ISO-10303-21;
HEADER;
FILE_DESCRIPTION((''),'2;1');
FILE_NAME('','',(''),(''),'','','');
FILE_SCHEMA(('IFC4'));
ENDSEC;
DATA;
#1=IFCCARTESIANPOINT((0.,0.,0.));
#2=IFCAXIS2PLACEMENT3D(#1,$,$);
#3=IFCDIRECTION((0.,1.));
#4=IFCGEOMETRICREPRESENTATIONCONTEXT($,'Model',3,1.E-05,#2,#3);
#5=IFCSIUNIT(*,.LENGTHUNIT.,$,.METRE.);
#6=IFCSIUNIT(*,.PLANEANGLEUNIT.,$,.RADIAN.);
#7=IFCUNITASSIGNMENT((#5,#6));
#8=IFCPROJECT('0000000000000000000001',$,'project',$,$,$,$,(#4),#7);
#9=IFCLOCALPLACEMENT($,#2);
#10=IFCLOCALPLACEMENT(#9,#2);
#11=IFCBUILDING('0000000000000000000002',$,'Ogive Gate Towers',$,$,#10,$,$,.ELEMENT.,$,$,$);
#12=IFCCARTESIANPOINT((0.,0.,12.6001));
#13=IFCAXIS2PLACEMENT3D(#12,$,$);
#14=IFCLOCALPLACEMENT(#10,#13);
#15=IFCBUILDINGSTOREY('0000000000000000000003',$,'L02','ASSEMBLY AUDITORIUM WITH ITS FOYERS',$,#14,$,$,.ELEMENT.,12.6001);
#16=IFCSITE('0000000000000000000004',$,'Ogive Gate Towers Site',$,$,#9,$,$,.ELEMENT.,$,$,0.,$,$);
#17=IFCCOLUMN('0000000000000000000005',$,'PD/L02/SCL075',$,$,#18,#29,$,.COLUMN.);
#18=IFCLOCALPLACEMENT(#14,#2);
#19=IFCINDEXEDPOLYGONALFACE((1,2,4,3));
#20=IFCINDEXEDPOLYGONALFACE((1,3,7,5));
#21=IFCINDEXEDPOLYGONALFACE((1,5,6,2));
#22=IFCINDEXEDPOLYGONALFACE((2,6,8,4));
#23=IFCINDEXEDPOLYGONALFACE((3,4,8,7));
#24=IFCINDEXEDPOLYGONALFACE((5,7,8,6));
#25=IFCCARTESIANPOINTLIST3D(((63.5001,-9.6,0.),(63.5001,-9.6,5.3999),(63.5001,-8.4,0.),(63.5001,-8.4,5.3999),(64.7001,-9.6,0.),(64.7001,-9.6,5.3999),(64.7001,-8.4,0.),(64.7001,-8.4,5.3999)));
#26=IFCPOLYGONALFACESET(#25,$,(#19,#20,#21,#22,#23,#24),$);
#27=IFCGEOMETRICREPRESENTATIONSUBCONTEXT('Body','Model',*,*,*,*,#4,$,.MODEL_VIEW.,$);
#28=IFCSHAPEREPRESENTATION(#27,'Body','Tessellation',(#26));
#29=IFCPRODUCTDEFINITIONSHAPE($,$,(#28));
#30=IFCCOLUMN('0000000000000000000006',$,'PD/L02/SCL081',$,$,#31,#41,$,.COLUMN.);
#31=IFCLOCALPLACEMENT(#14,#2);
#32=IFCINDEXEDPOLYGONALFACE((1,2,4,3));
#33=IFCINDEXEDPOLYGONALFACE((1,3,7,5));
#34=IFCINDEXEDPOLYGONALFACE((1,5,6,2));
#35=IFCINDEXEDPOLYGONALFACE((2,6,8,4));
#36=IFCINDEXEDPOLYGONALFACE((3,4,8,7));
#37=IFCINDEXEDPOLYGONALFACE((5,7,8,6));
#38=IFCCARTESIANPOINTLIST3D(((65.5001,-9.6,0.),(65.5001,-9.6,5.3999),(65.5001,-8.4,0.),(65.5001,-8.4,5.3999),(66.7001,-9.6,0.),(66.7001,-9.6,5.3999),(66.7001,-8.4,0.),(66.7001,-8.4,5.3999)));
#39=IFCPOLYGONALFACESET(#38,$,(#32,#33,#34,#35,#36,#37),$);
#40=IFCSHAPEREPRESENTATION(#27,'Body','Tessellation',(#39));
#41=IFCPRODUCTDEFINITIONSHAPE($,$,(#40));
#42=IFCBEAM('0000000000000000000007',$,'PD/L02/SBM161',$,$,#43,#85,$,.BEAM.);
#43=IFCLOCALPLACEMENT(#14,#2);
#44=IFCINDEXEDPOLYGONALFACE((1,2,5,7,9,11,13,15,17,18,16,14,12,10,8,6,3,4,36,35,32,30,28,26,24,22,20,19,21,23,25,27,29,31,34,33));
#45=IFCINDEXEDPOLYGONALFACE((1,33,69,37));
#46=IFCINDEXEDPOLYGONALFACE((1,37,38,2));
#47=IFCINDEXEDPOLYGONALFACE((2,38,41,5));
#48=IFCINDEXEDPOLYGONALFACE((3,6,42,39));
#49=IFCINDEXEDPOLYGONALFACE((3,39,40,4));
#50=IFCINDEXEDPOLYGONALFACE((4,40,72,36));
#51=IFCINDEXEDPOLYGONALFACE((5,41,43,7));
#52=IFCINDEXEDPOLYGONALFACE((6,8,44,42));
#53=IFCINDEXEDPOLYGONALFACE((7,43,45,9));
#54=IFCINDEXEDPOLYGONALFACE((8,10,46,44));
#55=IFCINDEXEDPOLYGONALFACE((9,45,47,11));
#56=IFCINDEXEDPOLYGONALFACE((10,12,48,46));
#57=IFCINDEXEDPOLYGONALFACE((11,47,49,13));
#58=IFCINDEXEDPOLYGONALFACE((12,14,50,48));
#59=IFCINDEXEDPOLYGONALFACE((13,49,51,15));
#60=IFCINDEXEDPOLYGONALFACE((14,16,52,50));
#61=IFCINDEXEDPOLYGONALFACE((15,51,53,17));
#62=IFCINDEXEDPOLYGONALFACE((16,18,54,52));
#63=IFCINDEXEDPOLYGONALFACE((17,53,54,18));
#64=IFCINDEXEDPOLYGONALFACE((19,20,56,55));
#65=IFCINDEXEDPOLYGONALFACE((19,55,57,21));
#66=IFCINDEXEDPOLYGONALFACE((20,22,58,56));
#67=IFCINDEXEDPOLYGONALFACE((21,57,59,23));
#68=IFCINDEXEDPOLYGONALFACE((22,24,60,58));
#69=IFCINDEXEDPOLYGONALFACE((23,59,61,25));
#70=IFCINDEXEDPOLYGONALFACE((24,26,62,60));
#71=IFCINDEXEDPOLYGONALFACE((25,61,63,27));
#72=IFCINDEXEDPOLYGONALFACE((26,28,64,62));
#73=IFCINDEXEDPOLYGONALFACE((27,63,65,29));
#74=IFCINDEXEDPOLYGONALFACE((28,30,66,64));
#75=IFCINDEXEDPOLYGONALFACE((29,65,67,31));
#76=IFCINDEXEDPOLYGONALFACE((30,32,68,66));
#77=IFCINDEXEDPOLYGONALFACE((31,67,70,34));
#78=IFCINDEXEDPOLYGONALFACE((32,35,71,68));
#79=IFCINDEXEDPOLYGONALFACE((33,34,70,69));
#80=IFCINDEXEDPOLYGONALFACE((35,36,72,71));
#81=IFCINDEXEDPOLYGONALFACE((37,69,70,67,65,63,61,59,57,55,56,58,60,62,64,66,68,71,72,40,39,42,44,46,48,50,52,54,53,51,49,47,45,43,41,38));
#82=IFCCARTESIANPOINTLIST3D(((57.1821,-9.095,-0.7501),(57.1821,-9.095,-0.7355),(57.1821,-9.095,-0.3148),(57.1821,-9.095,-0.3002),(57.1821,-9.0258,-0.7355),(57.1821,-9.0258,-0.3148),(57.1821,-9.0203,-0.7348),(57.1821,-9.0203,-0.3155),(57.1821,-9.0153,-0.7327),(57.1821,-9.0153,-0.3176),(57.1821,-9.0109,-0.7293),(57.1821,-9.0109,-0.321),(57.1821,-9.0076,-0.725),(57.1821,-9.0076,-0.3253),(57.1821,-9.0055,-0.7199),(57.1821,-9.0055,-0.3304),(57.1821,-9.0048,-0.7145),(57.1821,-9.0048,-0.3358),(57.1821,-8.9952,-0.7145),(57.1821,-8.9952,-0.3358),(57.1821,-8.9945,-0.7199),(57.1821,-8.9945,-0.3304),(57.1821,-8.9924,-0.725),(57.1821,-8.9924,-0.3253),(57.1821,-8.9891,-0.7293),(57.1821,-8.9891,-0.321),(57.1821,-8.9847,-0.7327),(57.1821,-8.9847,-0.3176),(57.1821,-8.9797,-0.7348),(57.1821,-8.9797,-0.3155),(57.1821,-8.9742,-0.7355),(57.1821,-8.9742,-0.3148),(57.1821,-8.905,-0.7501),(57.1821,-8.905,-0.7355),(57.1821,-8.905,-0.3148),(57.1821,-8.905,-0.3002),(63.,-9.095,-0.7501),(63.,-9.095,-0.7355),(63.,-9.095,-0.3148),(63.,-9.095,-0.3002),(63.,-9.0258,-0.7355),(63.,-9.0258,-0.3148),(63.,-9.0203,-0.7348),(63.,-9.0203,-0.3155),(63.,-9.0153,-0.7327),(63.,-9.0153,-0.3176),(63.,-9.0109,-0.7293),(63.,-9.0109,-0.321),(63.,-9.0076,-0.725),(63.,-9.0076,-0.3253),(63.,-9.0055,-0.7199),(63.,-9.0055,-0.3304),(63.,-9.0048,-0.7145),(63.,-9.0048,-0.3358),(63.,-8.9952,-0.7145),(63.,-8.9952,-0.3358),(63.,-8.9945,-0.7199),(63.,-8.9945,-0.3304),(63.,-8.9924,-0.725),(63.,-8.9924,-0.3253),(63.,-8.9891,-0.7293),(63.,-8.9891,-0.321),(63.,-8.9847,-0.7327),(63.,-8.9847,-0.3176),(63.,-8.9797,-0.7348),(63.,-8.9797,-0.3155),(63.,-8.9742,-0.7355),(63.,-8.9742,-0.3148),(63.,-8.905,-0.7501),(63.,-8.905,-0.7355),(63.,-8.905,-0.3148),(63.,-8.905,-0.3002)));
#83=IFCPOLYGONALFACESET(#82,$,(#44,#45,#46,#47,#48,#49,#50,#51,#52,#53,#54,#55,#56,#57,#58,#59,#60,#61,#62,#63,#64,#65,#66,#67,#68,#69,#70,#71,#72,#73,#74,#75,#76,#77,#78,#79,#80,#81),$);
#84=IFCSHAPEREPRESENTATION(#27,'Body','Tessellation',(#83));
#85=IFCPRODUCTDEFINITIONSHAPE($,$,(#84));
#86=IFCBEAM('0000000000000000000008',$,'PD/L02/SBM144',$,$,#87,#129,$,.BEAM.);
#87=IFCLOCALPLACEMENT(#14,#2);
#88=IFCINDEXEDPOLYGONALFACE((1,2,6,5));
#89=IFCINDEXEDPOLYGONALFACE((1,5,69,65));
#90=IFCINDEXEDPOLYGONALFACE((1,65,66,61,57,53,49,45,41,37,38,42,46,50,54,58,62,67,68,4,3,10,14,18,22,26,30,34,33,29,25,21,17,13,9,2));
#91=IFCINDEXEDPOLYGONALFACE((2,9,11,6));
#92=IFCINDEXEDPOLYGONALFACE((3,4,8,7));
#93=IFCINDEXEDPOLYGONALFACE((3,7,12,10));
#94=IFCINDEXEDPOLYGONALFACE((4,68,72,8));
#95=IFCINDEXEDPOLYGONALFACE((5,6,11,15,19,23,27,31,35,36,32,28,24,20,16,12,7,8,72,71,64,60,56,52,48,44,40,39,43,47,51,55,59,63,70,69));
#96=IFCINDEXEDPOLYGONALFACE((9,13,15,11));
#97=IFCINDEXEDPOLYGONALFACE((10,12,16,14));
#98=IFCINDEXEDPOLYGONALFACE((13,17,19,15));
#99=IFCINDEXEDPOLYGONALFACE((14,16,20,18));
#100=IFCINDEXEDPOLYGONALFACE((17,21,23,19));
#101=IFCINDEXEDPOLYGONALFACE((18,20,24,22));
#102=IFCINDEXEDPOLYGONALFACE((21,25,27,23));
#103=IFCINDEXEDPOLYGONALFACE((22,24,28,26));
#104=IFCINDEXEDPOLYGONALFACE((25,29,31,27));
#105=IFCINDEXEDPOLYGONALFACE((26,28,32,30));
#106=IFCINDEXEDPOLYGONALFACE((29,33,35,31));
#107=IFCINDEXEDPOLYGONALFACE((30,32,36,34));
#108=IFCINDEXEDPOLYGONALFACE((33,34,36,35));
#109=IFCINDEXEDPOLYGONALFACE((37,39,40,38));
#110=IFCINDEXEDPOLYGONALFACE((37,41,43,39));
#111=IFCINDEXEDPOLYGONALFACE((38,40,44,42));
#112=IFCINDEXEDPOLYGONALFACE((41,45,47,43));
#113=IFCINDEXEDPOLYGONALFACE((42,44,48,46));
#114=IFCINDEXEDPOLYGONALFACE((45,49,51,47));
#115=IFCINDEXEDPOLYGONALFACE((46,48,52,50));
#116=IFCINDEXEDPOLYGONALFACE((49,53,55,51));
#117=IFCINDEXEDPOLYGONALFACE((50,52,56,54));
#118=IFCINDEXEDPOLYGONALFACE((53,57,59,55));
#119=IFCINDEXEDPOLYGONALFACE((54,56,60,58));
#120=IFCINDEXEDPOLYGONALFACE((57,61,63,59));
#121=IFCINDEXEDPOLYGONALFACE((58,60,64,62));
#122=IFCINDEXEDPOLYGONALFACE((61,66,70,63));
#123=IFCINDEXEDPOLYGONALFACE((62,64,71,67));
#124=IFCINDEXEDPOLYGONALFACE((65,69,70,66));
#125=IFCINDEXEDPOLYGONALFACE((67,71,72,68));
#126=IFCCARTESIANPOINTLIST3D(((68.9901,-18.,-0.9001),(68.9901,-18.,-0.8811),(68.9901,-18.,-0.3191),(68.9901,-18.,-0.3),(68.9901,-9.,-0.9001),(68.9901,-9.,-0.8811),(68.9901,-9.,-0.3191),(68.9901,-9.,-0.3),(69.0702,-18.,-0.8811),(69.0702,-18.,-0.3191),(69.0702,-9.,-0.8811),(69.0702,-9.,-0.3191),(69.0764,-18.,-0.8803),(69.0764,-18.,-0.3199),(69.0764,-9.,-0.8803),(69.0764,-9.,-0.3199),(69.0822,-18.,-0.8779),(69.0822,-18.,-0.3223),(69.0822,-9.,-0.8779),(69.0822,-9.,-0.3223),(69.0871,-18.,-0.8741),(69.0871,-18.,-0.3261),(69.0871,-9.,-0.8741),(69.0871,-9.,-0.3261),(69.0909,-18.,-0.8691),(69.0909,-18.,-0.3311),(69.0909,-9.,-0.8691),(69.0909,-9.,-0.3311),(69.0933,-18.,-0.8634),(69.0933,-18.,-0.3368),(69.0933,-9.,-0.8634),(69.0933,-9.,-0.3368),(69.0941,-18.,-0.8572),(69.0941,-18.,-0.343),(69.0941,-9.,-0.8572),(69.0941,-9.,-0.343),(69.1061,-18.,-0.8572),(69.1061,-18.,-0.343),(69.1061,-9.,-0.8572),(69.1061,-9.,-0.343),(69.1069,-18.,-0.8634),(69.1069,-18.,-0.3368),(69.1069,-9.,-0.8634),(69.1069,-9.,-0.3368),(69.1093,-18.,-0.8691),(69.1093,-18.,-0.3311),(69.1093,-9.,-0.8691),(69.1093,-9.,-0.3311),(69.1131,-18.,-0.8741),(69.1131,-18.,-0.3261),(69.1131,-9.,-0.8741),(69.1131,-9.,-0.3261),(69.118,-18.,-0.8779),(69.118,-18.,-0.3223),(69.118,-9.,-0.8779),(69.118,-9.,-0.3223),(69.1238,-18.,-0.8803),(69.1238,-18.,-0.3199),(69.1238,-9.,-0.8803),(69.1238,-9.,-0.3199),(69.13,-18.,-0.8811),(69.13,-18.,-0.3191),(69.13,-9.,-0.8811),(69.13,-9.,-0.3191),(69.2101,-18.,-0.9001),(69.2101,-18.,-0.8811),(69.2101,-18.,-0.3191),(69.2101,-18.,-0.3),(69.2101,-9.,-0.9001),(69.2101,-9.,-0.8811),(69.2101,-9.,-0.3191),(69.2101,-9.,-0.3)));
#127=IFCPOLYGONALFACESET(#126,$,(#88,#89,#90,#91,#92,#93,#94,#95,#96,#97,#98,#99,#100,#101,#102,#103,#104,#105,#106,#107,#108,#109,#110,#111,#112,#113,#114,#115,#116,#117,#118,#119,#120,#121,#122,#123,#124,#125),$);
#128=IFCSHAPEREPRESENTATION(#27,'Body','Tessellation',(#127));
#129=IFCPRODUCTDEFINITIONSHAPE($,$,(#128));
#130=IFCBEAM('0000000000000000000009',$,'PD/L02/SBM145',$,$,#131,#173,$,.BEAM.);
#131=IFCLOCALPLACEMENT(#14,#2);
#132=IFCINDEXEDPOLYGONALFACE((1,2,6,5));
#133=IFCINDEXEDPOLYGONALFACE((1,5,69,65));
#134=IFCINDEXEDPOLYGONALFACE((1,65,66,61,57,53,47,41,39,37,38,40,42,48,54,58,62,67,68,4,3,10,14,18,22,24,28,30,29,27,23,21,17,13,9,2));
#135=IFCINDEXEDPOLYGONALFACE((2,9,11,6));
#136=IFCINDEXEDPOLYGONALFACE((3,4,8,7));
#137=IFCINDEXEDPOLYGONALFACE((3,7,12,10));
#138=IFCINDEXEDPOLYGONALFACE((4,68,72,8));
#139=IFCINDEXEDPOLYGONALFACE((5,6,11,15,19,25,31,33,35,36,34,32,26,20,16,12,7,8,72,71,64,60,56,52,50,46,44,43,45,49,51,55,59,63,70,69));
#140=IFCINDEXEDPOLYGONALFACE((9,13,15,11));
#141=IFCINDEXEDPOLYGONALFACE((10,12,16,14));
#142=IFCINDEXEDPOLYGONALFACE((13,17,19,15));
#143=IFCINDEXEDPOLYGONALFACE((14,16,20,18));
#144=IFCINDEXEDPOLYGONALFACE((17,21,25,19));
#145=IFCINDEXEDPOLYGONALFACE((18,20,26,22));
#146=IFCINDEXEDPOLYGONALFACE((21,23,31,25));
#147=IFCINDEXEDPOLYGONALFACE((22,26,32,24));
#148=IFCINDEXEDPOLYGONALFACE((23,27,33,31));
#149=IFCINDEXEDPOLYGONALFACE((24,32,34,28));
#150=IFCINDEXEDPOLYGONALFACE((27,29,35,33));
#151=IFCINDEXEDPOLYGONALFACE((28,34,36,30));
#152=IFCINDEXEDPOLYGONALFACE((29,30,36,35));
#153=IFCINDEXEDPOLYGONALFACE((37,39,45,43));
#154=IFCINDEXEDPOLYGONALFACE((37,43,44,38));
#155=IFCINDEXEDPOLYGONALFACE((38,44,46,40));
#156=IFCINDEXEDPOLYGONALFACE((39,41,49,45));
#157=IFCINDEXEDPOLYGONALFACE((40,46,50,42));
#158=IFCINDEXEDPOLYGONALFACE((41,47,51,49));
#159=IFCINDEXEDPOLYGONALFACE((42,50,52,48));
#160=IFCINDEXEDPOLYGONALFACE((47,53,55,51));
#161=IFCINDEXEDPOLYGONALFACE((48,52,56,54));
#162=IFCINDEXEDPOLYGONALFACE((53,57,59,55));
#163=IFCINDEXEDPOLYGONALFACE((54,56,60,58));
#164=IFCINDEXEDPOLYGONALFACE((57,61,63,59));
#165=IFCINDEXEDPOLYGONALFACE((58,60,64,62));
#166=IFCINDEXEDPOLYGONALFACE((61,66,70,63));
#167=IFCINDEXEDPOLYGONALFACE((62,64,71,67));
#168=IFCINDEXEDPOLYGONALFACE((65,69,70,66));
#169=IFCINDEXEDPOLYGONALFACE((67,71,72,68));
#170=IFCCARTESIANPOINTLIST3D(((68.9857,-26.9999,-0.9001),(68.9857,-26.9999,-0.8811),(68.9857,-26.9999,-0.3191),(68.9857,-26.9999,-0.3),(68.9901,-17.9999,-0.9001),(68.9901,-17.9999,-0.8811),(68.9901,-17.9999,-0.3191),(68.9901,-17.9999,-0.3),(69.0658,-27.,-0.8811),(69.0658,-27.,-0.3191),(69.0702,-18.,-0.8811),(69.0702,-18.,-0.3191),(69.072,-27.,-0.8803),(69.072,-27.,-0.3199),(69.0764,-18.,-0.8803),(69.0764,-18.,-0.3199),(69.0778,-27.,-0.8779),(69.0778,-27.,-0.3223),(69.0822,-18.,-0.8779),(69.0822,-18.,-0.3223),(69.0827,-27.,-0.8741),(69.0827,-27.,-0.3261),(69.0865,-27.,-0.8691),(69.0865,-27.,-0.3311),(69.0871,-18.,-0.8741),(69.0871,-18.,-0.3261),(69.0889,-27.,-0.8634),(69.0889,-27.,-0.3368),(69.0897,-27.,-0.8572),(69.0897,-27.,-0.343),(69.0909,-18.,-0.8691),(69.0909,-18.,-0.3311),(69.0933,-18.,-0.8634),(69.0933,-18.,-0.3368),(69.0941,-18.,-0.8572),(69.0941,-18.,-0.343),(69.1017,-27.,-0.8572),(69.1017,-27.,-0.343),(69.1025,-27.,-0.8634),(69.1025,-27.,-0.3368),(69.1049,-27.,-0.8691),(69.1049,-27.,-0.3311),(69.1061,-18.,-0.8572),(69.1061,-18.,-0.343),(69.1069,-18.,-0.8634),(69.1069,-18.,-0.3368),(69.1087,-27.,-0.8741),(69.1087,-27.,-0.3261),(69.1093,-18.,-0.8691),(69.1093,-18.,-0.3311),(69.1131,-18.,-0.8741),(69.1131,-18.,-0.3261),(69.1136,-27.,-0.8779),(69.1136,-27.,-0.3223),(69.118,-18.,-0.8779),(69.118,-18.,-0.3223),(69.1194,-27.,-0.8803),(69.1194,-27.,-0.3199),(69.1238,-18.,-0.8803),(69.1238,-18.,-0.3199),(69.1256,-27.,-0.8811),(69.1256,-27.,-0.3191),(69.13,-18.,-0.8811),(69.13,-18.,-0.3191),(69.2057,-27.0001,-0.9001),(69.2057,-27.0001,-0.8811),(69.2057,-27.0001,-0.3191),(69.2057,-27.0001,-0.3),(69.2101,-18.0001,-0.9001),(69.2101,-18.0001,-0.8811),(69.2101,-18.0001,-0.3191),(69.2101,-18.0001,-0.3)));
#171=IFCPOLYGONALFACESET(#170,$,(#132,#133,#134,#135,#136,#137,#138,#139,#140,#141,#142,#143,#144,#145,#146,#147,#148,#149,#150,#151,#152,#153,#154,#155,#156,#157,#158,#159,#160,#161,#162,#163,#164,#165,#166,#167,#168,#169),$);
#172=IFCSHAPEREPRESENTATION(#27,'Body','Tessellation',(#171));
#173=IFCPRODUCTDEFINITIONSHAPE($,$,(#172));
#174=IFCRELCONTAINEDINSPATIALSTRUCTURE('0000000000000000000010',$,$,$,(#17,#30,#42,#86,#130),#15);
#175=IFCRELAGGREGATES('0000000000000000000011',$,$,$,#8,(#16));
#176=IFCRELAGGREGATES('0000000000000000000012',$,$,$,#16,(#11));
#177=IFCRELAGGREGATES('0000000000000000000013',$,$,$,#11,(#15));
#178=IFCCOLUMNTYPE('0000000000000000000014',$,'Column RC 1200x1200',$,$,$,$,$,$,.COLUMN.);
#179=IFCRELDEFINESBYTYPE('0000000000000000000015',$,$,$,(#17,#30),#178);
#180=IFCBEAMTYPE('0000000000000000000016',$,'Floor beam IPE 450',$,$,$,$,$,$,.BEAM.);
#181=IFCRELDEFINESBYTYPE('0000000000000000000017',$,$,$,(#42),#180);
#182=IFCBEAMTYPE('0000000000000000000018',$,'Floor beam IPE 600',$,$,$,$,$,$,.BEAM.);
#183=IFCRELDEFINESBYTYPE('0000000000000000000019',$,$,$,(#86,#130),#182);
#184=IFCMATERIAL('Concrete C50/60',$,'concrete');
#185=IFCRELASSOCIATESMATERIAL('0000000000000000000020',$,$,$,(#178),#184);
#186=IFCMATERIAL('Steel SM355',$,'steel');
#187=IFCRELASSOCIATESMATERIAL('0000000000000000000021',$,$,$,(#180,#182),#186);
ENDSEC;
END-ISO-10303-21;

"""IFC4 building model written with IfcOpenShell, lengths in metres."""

from ifc_helpers import new_model, si_unit, direction, frame, origin, origin_2d, place, context, subcontext, project, spatial, rectangle, i_section, extrude, material, material_profile, profile_set, type_object, element, save


model = new_model("IFC4")

# Units and contexts
model_context = context("Model", 3, precision=1e-05, world=origin(), true_north=direction((0.0, 1.0)))
body_context = subcontext(model_context, "Body", "Model", "MODEL_VIEW")
ifc_project = project(units=[si_unit("LENGTHUNIT", "METRE"), si_unit("PLANEANGLEUNIT", "RADIAN")], contexts=[model_context])

# Site, building, storey
site_placement = place(None, origin())
site = spatial("IfcSite", under=ifc_project, at=site_placement, Name="Ogive Gate Towers Site", CompositionType="ELEMENT", RefElevation=0.0)
building_placement = place(site_placement, origin())
building = spatial("IfcBuilding", under=site, at=building_placement, Name="Ogive Gate Towers", CompositionType="ELEMENT")
storey_placement = place(building_placement, frame((0.0, 0.0, 12.6001)))
storey = spatial("IfcBuildingStorey", under=building, at=storey_placement, Name="L02", Description="ASSEMBLY AUDITORIUM WITH ITS FOYERS", CompositionType="ELEMENT", Elevation=12.6001)

# Columns
ifc_material_1 = material(Name="Concrete C50/60", Category="concrete")
ifc_material_profile_1 = material_profile(ifc_material_1, rectangle(XDim=1.2, YDim=1.2, at=origin_2d()), Name="RC 1200x1200")
ifc_profile_set_1 = profile_set([ifc_material_profile_1], Name="Concrete C50/60")
column_type = type_object("IfcColumnType", Name="Column RC 1200x1200", PredefinedType="COLUMN", material=ifc_profile_set_1)
for number, where, z_axis, x_axis, name in (
    (1, (64.1001, -9.0, 0.0), (0.0, 0.0, 1.0), (1.0, 0.0, 0.0), "PD/L02/SCL075"),
    (2, (66.1001, -9.0, 0.0), (0.0, 0.0, 1.0), (1.0, 0.0, 0.0), "PD/L02/SCL081"),
):
    element("IfcColumn", number, at=place(storey_placement, frame(where, z_axis=z_axis, x_axis=x_axis)), inside=storey, type_object=column_type, Name=name, PredefinedType="COLUMN", context=body_context, shape_type="SweptSolid", body=[
        extrude(rectangle(XDim=1.2, YDim=1.2, at=origin_2d()), origin(), (0.0, 0.0, 1.0), 5.3999),
    ])

# Beams
ifc_material_2 = material(Name="Steel SM355", Category="steel")
ifc_material_profile_2 = material_profile(ifc_material_2, i_section(OverallWidth=0.1899, OverallDepth=0.45, WebThickness=0.0095, FlangeThickness=0.0146, FilletRadius=0.021, at=origin_2d()), Name="IPE 450")
ifc_profile_set_2 = profile_set([ifc_material_profile_2], Name="Steel SM355")
beam_type_1 = type_object("IfcBeamType", Name="Floor beam IPE 450", PredefinedType="BEAM", material=ifc_profile_set_2)
beam_1_placement = place(storey_placement, frame((63.0, -9.0, -0.5251), z_axis=(-1.0, 0.0, 0.0), x_axis=(0.0, -1.0, 0.0)))
element("IfcBeam", 3, at=beam_1_placement, inside=storey, type_object=beam_type_1, Name="PD/L02/SBM161", PredefinedType="BEAM", context=body_context, shape_type="SweptSolid", body=[
    extrude(i_section(OverallWidth=0.1899, OverallDepth=0.45, WebThickness=0.0095, FlangeThickness=0.0146, FilletRadius=0.021, at=origin_2d()), origin(), (0.0, 0.0, 1.0), 5.8179),
])
ifc_material_profile_3 = material_profile(ifc_material_2, i_section(OverallWidth=0.22, OverallDepth=0.6001, WebThickness=0.012, FlangeThickness=0.019, FilletRadius=0.0239, at=origin_2d()), Name="IPE 600")
ifc_profile_set_3 = profile_set([ifc_material_profile_3], Name="Steel SM355")
beam_type_2 = type_object("IfcBeamType", Name="Floor beam IPE 600", PredefinedType="BEAM", material=ifc_profile_set_3)
for number, where, z_axis, x_axis, name in (
    (4, (69.1001, -9.0, -0.6001), (0.0, -1.0, 0.0), (1.0, 0.0, 0.0), "PD/L02/SBM144"),
    (5, (69.1001, -18.0, -0.6001), (-0.000488, -1.0, 0.0), (1.0, -0.000488, 0.0), "PD/L02/SBM145"),
):
    element("IfcBeam", number, at=place(storey_placement, frame(where, z_axis=z_axis, x_axis=x_axis)), inside=storey, type_object=beam_type_2, Name=name, PredefinedType="BEAM", context=body_context, shape_type="SweptSolid", body=[
        extrude(i_section(OverallWidth=0.22, OverallDepth=0.6001, WebThickness=0.012, FlangeThickness=0.019, FilletRadius=0.0239, at=origin_2d()), origin(), (0.0, 0.0, 1.0), 9.0),
    ])

save(model, "model.ifc")
